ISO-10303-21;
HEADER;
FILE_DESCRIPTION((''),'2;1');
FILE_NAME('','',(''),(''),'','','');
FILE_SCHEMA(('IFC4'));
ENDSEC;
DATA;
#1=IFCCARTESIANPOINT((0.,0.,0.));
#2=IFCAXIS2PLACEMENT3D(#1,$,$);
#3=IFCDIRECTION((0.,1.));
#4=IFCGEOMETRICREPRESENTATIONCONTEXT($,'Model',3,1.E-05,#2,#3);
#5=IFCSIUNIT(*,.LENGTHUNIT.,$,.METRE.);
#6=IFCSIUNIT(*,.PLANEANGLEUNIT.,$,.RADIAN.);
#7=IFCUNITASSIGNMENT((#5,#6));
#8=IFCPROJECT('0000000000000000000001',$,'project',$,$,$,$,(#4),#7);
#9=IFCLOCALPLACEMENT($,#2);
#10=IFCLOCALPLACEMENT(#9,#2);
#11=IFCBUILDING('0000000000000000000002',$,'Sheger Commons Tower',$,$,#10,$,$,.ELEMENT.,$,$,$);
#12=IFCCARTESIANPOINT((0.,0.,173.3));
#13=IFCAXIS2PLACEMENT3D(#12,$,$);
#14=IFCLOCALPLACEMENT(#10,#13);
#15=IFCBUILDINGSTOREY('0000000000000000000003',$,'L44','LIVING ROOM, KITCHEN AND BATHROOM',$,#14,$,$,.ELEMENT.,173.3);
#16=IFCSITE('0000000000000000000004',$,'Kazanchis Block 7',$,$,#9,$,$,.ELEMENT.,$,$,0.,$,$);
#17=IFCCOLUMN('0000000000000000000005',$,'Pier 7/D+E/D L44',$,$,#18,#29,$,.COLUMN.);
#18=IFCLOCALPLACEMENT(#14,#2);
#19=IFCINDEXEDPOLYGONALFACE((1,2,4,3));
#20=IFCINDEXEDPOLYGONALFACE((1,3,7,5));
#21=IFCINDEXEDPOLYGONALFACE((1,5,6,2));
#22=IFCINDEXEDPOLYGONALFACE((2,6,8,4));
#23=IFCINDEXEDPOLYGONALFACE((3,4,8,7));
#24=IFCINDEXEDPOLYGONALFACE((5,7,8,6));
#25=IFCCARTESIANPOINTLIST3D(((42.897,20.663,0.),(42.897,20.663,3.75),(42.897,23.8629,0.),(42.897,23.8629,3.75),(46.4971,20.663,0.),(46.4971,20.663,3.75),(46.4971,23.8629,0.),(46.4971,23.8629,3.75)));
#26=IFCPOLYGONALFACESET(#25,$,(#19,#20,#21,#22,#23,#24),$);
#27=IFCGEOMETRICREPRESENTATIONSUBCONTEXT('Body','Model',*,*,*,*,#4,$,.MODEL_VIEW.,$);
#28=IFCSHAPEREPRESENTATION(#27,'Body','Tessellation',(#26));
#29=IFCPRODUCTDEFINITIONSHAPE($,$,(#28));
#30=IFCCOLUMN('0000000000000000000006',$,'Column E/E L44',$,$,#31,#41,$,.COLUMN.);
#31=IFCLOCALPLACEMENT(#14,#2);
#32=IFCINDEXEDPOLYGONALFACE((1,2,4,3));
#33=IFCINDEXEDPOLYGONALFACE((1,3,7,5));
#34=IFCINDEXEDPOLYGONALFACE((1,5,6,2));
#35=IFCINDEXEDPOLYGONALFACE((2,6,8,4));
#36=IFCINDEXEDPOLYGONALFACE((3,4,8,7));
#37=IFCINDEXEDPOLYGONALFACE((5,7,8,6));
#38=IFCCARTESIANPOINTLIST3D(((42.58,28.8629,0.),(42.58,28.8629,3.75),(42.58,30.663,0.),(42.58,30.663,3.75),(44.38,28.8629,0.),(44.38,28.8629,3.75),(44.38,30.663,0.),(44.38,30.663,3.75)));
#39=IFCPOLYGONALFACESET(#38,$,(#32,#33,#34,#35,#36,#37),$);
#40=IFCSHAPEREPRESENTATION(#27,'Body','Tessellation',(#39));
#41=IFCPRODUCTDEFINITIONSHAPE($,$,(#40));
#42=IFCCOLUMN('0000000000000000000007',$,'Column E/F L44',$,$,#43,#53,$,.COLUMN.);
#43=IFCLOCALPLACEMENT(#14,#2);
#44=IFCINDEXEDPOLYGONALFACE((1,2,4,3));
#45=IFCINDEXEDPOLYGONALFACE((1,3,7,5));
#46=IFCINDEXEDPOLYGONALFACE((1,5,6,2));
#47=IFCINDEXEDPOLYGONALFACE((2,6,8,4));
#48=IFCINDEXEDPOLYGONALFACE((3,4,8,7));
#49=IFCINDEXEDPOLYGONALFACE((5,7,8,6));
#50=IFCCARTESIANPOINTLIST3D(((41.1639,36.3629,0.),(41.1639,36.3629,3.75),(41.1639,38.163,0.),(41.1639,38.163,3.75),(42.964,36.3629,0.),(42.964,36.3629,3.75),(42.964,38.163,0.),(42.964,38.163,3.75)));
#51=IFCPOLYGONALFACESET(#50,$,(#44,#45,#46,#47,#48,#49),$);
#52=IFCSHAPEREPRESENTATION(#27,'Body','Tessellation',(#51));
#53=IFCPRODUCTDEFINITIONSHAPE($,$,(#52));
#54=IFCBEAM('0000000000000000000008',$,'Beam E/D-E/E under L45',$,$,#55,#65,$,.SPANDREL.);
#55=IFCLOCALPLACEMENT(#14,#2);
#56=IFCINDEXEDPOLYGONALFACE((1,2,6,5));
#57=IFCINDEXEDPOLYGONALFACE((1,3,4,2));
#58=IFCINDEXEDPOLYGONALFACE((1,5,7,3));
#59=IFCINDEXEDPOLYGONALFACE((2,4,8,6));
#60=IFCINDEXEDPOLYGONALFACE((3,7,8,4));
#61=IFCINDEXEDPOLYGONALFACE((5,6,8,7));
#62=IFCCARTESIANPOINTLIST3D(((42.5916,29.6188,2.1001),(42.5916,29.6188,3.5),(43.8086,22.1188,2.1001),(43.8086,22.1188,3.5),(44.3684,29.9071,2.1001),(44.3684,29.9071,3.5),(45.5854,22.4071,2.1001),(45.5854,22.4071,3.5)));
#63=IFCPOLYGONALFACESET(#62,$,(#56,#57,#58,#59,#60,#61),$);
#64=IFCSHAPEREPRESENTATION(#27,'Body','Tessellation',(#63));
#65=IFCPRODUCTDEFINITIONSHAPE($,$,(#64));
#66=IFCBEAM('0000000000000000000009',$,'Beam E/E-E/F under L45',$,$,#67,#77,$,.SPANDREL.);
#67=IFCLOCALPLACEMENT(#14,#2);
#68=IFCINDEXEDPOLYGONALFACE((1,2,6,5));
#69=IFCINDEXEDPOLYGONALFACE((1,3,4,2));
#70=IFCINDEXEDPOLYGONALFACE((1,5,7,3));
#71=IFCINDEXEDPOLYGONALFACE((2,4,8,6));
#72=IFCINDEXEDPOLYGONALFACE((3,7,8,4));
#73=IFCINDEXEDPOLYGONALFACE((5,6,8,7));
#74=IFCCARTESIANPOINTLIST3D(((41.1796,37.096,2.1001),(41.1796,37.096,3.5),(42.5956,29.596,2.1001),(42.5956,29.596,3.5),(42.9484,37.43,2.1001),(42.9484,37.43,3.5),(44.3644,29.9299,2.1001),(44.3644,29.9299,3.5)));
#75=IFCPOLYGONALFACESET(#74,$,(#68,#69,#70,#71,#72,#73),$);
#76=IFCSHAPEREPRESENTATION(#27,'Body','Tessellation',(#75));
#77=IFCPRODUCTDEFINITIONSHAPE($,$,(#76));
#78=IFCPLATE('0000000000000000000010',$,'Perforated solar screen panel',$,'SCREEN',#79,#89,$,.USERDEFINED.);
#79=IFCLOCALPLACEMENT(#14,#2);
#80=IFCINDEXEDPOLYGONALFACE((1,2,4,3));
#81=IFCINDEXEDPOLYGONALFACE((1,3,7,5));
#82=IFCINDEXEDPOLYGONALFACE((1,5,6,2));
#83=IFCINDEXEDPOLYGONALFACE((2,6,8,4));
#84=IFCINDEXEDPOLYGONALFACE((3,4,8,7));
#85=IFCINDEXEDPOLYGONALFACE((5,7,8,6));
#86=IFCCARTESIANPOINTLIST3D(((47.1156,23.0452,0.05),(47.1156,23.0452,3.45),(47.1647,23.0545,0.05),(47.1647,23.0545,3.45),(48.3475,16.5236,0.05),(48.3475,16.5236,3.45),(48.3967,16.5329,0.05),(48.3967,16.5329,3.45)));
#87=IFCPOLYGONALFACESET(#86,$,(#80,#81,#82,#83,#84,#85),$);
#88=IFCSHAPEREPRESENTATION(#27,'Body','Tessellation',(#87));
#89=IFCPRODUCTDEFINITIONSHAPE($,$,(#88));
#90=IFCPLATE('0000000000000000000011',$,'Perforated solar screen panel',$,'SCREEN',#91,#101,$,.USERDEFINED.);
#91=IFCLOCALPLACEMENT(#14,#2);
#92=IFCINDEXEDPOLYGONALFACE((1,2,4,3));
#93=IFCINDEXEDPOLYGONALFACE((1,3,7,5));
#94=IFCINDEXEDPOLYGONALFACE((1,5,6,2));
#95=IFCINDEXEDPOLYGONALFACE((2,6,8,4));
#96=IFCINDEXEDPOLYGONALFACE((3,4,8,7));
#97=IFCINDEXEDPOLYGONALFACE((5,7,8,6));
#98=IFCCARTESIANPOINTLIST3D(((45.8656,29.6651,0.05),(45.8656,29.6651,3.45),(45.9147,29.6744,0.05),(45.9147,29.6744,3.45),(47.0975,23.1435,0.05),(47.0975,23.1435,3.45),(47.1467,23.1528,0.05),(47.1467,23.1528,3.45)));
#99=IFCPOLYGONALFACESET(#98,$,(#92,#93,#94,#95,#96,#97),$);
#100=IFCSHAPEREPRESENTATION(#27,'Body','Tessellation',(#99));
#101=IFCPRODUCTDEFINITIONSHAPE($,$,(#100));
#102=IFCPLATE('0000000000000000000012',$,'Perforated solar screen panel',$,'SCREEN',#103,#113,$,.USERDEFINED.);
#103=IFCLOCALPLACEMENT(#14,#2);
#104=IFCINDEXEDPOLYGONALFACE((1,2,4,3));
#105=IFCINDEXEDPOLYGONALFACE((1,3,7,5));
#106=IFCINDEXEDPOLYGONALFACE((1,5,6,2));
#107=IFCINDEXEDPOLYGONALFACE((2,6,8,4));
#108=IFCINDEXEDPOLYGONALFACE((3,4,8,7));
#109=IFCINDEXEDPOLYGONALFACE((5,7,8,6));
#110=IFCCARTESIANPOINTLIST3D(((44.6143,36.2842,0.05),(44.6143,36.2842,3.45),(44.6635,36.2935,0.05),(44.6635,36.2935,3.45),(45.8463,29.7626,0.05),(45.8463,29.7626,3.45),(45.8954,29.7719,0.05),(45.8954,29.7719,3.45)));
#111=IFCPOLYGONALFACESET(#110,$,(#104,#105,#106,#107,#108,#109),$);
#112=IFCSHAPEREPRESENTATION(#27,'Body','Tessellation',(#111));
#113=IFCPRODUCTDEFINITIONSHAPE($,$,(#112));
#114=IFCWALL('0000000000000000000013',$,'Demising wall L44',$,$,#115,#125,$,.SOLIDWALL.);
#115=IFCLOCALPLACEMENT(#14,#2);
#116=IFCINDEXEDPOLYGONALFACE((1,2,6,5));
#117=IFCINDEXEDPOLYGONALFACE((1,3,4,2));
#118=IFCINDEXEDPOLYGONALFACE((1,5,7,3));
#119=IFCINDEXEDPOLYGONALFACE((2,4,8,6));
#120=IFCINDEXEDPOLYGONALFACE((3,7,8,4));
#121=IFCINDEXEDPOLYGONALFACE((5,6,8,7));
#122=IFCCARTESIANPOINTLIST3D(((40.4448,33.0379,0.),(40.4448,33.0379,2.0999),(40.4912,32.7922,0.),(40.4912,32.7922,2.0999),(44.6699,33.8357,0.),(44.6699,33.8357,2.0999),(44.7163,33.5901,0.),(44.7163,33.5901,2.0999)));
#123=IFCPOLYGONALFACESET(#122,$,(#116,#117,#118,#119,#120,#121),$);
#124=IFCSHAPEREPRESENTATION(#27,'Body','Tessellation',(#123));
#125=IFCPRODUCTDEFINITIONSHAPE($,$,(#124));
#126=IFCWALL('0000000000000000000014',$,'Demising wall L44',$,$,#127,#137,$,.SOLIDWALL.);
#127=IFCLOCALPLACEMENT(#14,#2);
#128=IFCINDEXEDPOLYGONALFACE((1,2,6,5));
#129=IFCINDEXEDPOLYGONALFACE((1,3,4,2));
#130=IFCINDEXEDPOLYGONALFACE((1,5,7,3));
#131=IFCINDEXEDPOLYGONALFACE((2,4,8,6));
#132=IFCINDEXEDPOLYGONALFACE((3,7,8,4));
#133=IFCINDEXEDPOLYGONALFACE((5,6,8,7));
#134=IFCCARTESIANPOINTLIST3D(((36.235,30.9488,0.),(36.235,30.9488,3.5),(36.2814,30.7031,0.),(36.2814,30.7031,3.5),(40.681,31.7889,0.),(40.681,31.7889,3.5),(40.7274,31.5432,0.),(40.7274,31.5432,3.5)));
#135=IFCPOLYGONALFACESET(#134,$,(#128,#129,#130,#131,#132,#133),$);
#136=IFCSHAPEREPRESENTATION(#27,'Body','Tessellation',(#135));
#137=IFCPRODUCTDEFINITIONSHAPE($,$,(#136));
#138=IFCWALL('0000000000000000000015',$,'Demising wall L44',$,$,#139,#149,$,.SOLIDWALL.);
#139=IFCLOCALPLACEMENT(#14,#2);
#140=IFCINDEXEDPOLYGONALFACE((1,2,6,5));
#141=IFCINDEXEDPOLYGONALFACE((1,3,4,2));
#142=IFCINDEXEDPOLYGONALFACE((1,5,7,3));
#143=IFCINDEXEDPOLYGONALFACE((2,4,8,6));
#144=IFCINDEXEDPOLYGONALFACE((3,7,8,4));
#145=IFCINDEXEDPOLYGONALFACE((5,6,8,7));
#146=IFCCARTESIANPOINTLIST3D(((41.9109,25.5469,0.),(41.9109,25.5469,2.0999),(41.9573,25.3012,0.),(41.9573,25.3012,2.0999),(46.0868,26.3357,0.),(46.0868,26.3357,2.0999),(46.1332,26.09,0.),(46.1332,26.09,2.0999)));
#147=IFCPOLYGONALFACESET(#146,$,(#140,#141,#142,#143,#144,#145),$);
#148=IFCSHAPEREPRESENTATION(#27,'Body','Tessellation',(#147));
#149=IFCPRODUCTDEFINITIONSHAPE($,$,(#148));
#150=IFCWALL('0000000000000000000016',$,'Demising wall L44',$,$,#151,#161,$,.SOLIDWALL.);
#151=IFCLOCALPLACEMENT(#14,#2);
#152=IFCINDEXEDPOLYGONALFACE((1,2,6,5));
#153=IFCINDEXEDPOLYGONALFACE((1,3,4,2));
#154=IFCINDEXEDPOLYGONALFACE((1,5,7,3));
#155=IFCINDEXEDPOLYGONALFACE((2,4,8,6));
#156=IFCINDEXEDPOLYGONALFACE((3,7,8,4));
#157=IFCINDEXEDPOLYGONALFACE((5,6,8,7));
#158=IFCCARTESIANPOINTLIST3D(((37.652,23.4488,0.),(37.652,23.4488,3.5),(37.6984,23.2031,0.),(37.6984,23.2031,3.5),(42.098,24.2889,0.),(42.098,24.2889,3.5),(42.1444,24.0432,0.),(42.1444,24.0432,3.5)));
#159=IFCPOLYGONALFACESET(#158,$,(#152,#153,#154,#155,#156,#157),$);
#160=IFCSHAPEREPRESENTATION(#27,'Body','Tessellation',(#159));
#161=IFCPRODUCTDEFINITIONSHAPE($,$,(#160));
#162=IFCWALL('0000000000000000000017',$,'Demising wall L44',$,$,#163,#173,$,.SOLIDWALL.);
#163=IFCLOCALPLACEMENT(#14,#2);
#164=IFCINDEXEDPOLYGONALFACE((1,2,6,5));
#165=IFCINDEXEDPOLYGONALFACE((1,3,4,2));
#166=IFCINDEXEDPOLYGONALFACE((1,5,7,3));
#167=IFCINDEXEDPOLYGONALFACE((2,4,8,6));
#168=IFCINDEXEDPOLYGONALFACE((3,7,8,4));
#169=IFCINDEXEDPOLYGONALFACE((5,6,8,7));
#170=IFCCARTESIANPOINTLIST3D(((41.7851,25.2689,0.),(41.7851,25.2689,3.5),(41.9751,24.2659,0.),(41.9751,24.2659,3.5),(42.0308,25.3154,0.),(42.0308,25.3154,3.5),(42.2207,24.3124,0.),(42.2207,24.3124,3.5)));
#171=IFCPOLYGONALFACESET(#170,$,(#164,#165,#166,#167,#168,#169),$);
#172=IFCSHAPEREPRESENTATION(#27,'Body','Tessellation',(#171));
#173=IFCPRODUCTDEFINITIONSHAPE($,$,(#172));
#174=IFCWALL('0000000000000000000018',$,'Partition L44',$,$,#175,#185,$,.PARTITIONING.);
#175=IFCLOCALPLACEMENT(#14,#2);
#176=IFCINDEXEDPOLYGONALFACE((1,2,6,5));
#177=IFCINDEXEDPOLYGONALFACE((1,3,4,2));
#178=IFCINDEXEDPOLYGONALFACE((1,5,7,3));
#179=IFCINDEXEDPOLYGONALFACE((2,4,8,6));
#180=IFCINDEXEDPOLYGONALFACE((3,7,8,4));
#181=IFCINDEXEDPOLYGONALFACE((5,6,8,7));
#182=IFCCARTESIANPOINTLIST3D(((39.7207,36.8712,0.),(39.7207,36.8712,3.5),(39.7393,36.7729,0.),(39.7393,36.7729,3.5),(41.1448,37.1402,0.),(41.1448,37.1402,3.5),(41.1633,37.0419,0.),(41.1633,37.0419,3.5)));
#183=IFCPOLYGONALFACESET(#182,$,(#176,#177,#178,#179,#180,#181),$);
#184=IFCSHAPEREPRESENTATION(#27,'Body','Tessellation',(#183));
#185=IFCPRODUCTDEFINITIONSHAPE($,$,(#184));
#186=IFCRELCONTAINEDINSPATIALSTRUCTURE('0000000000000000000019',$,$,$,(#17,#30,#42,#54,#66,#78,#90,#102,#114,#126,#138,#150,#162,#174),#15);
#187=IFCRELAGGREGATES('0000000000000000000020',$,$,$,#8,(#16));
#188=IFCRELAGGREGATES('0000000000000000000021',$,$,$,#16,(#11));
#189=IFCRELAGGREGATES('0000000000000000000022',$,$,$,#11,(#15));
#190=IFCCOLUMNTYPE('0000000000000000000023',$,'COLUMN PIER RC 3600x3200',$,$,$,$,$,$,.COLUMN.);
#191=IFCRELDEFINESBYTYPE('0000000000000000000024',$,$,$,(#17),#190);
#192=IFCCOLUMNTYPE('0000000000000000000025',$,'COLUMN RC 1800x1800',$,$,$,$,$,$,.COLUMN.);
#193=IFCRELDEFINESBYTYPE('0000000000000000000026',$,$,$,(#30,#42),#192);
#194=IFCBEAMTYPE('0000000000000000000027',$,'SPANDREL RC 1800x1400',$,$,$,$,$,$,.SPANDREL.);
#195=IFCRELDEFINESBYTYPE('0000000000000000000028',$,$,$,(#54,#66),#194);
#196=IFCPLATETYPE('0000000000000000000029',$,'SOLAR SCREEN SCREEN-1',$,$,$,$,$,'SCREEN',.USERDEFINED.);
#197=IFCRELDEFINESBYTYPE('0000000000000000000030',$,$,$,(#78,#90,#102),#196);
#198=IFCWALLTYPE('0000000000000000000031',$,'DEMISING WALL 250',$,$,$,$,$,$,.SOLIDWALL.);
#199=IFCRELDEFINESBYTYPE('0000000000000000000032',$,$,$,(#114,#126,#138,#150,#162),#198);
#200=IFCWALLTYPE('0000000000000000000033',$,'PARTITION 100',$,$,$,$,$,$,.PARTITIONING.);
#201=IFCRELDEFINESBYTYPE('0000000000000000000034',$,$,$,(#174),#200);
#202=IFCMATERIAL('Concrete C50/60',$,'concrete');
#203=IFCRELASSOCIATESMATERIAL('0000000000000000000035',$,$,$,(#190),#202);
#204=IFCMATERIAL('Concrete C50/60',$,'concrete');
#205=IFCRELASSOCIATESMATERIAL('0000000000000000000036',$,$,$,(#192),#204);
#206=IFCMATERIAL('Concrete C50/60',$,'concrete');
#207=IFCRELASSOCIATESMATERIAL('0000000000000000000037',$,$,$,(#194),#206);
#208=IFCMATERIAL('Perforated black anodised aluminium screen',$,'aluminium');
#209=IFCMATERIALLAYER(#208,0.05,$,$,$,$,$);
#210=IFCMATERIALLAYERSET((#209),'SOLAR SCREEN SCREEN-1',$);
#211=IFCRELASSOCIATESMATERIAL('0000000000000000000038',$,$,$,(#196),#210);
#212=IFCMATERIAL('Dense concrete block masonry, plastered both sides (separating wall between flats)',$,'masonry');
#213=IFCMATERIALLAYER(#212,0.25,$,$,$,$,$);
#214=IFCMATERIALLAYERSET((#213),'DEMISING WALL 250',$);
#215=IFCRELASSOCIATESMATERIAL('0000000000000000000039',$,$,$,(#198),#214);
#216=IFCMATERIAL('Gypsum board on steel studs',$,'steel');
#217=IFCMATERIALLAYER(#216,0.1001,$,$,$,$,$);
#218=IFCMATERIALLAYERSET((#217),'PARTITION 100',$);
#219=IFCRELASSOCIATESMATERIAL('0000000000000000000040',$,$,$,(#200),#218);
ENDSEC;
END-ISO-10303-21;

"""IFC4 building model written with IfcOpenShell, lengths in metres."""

from ifc_helpers import new_model, si_unit, direction, frame, frame_2d, origin, origin_2d, place, context, subcontext, project, spatial, rectangle, extrude, material, layer, layer_set, material_profile, profile_set, type_object, element, save


model = new_model("IFC4")

# Units and contexts
model_context = context("Model", 3, precision=1e-05, world=origin(), true_north=direction((0.0, 1.0)))
body_context = subcontext(model_context, "Body", "Model", "MODEL_VIEW")
ifc_project = project(units=[si_unit("LENGTHUNIT", "METRE"), si_unit("PLANEANGLEUNIT", "RADIAN")], contexts=[model_context])

# Site, building, storey
site_placement = place(None, origin())
site = spatial("IfcSite", under=ifc_project, at=site_placement, Name="Kazanchis Block 7", CompositionType="ELEMENT", RefElevation=0.0)
building_placement = place(site_placement, origin())
building = spatial("IfcBuilding", under=site, at=building_placement, Name="Sheger Commons Tower", CompositionType="ELEMENT")
storey_placement = place(building_placement, frame((0.0, 0.0, 173.3)))
storey = spatial("IfcBuildingStorey", under=building, at=storey_placement, Name="L44", Description="LIVING ROOM, KITCHEN AND BATHROOM", CompositionType="ELEMENT", Elevation=173.3)

# Columns
ifc_material_1 = material(Name="Concrete C50/60", Category="concrete")
ifc_material_profile_1 = material_profile(ifc_material_1, rectangle(XDim=3.6001, YDim=3.2, at=origin_2d()), Name="RC 3600x3200")
ifc_profile_set_1 = profile_set([ifc_material_profile_1], Name="Concrete C50/60")
column_type_1 = type_object("IfcColumnType", Name="COLUMN PIER RC 3600x3200", PredefinedType="COLUMN", material=ifc_profile_set_1)
column_placement = place(storey_placement, frame((44.697, 22.2629, 0.0), z_axis=(0.0, 0.0, 1.0), x_axis=(1.0, 0.0, 0.0)))
element("IfcColumn", 1, at=column_placement, inside=storey, type_object=column_type_1, Name="Pier 7/D+E/D L44", PredefinedType="COLUMN", context=body_context, shape_type="SweptSolid", body=[
    extrude(rectangle(XDim=3.6001, YDim=3.2, at=origin_2d()), origin(), (0.0, 0.0, 1.0), 3.75),
])
ifc_material_2 = material(Name="Concrete C50/60", Category="concrete")
ifc_material_profile_2 = material_profile(ifc_material_2, rectangle(XDim=1.8, YDim=1.8, at=origin_2d()), Name="RC 1800x1800")
ifc_profile_set_2 = profile_set([ifc_material_profile_2], Name="Concrete C50/60")
column_type_2 = type_object("IfcColumnType", Name="COLUMN RC 1800x1800", PredefinedType="COLUMN", material=ifc_profile_set_2)
for number, where, z_axis, x_axis, name in (
    (2, (43.48, 29.7629, 0.0), (0.0, 0.0, 1.0), (1.0, 0.0, 0.0), "Column E/E L44"),
    (3, (42.064, 37.2629, 0.0), (0.0, 0.0, 1.0), (1.0, 0.0, 0.0), "Column E/F L44"),
):
    element("IfcColumn", number, at=place(storey_placement, frame(where, z_axis=z_axis, x_axis=x_axis)), inside=storey, type_object=column_type_2, Name=name, PredefinedType="COLUMN", context=body_context, shape_type="SweptSolid", body=[
        extrude(rectangle(XDim=1.8, YDim=1.8, at=origin_2d()), origin(), (0.0, 0.0, 1.0), 3.75),
    ])

# Beams
ifc_material_3 = material(Name="Concrete C50/60", Category="concrete")
ifc_material_profile_3 = material_profile(ifc_material_3, rectangle(XDim=1.8, YDim=1.3999, at=origin_2d()), Name="RC 1800x1400")
ifc_profile_set_3 = profile_set([ifc_material_profile_3], Name="Concrete C50/60")
beam_type = type_object("IfcBeamType", Name="SPANDREL RC 1800x1400", PredefinedType="SPANDREL", material=ifc_profile_set_3)
beam_1_placement = place(storey_placement, frame((44.697, 22.2629, 2.8), z_axis=(-0.160177, 0.987088, 0.0), x_axis=(-0.987088, -0.160177, 0.0)))
element("IfcBeam", 4, at=beam_1_placement, inside=storey, type_object=beam_type, Name="Beam E/D-E/E under L45", PredefinedType="SPANDREL", context=body_context, shape_type="SweptSolid", body=[
    extrude(rectangle(XDim=1.8, YDim=1.3999, at=origin_2d()), origin(), (0.0, 0.0, 1.0), 7.5981),
])
beam_2_placement = place(storey_placement, frame((43.48, 29.7629, 2.8), z_axis=(-0.185524, 0.98264, 0.0), x_axis=(-0.98264, -0.185524, 0.0)))
element("IfcBeam", 5, at=beam_2_placement, inside=storey, type_object=beam_type, Name="Beam E/E-E/F under L45", PredefinedType="SPANDREL", context=body_context, shape_type="SweptSolid", body=[
    extrude(rectangle(XDim=1.8, YDim=1.3999, at=origin_2d()), origin(), (0.0, 0.0, 1.0), 7.6326),
])

# Plates
ifc_material_4 = material(Name="Perforated black anodised aluminium screen", Category="aluminium")
ifc_layer_1 = layer(ifc_material_4, 0.05)
ifc_layer_set_1 = layer_set([ifc_layer_1], Name="SOLAR SCREEN SCREEN-1")
plate_type = type_object("IfcPlateType", Name="SOLAR SCREEN SCREEN-1", ElementType="SCREEN", PredefinedType="USERDEFINED", material=ifc_layer_set_1)
for number, where, z_axis, x_axis, name in (
    (6, (47.7561, 19.7891, 0.05), (0.0, 0.0, 1.0), (-0.185615, 0.982623, 0.0), "Perforated solar screen panel"),
    (7, (46.5061, 26.4089, 0.05), (0.0, 0.0, 1.0), (-0.185615, 0.982623, 0.0), "Perforated solar screen panel"),
    (8, (45.2549, 33.0281, 0.05), (0.0, 0.0, 1.0), (-0.185615, 0.982623, 0.0), "Perforated solar screen panel"),
):
    element("IfcPlate", number, at=place(storey_placement, frame(where, z_axis=z_axis, x_axis=x_axis)), inside=storey, type_object=plate_type, Name=name, ObjectType="SCREEN", PredefinedType="USERDEFINED", context=body_context, shape_type="SweptSolid", body=[
        extrude(rectangle(XDim=6.637, YDim=0.05, at=origin_2d()), origin(), (0.0, 0.0, 1.0), 3.3999),
    ])

# Walls
ifc_material_5 = material(Name="Dense concrete block masonry, plastered both sides (separating wall between flats)", Category="masonry")
ifc_layer_2 = layer(ifc_material_5, 0.25)
ifc_layer_set_2 = layer_set([ifc_layer_2], Name="DEMISING WALL 250")
wall_type_1 = type_object("IfcWallType", Name="DEMISING WALL 250", PredefinedType="SOLIDWALL", material=ifc_layer_set_2)
wall_1_placement = place(storey_placement, frame((44.6931, 33.7129, 0.0), z_axis=(0.0, 0.0, 1.0), x_axis=(-0.982634, -0.185557, 0.0)))
element("IfcWall", 9, at=wall_1_placement, inside=storey, type_object=wall_type_1, Name="Demising wall L44", PredefinedType="SOLIDWALL", context=body_context, shape_type="SweptSolid", body=[
    extrude(rectangle(XDim=4.2998, YDim=0.25, at=frame_2d((2.1499, 0.0))), origin(), (0.0, 0.0, 1.0), 2.0999),
])
wall_2_placement = place(storey_placement, frame((40.7041, 31.666, 0.0), z_axis=(0.0, 0.0, 1.0), x_axis=(-0.982613, -0.185666, 0.0)))
element("IfcWall", 10, at=wall_2_placement, inside=storey, type_object=wall_type_1, Name="Demising wall L44", PredefinedType="SOLIDWALL", context=body_context, shape_type="SweptSolid", body=[
    extrude(rectangle(XDim=4.5247, YDim=0.25, at=frame_2d((2.2622, 0.0))), origin(), (0.0, 0.0, 1.0), 3.5),
])
wall_3_placement = place(storey_placement, frame((46.1101, 26.2129, 0.0), z_axis=(0.0, 0.0, 1.0), x_axis=(-0.982624, -0.18561, 0.0)))
element("IfcWall", 11, at=wall_3_placement, inside=storey, type_object=wall_type_1, Name="Demising wall L44", PredefinedType="SOLIDWALL", context=body_context, shape_type="SweptSolid", body=[
    extrude(rectangle(XDim=4.2498, YDim=0.25, at=frame_2d((2.125, 0.0))), origin(), (0.0, 0.0, 1.0), 2.0999),
])
wall_4_placement = place(storey_placement, frame((42.1211, 24.166, 0.0), z_axis=(0.0, 0.0, 1.0), x_axis=(-0.982613, -0.185666, 0.0)))
element("IfcWall", 12, at=wall_4_placement, inside=storey, type_object=wall_type_1, Name="Demising wall L44", PredefinedType="SOLIDWALL", context=body_context, shape_type="SweptSolid", body=[
    extrude(rectangle(XDim=4.5247, YDim=0.25, at=frame_2d((2.2622, 0.0))), origin(), (0.0, 0.0, 1.0), 3.5),
])
wall_5_placement = place(storey_placement, frame((41.908, 25.292, 0.0), z_axis=(0.0, 0.0, 1.0), x_axis=(0.186079, -0.982535, 0.0)))
element("IfcWall", 13, at=wall_5_placement, inside=storey, type_object=wall_type_1, Name="Demising wall L44", PredefinedType="SOLIDWALL", context=body_context, shape_type="SweptSolid", body=[
    extrude(rectangle(XDim=1.0208, YDim=0.25, at=frame_2d((0.5103, 0.0))), origin(), (0.0, 0.0, 1.0), 3.5),
])
ifc_material_6 = material(Name="Gypsum board on steel studs", Category="steel")
ifc_layer_3 = layer(ifc_material_6, 0.1001)
ifc_layer_set_3 = layer_set([ifc_layer_3], Name="PARTITION 100")
wall_type_2 = type_object("IfcWallType", Name="PARTITION 100", PredefinedType="PARTITIONING", material=ifc_layer_set_3)
wall_6_placement = place(storey_placement, frame((41.1541, 37.0911, 0.0), z_axis=(0.0, 0.0, 1.0), x_axis=(-0.982618, -0.185641, 0.0)))
element("IfcWall", 14, at=wall_6_placement, inside=storey, type_object=wall_type_2, Name="Partition L44", PredefinedType="PARTITIONING", context=body_context, shape_type="SweptSolid", body=[
    extrude(rectangle(XDim=1.4492, YDim=0.1001, at=frame_2d((0.7246, 0.0))), origin(), (0.0, 0.0, 1.0), 3.5),
])

save(model, "model.ifc")
